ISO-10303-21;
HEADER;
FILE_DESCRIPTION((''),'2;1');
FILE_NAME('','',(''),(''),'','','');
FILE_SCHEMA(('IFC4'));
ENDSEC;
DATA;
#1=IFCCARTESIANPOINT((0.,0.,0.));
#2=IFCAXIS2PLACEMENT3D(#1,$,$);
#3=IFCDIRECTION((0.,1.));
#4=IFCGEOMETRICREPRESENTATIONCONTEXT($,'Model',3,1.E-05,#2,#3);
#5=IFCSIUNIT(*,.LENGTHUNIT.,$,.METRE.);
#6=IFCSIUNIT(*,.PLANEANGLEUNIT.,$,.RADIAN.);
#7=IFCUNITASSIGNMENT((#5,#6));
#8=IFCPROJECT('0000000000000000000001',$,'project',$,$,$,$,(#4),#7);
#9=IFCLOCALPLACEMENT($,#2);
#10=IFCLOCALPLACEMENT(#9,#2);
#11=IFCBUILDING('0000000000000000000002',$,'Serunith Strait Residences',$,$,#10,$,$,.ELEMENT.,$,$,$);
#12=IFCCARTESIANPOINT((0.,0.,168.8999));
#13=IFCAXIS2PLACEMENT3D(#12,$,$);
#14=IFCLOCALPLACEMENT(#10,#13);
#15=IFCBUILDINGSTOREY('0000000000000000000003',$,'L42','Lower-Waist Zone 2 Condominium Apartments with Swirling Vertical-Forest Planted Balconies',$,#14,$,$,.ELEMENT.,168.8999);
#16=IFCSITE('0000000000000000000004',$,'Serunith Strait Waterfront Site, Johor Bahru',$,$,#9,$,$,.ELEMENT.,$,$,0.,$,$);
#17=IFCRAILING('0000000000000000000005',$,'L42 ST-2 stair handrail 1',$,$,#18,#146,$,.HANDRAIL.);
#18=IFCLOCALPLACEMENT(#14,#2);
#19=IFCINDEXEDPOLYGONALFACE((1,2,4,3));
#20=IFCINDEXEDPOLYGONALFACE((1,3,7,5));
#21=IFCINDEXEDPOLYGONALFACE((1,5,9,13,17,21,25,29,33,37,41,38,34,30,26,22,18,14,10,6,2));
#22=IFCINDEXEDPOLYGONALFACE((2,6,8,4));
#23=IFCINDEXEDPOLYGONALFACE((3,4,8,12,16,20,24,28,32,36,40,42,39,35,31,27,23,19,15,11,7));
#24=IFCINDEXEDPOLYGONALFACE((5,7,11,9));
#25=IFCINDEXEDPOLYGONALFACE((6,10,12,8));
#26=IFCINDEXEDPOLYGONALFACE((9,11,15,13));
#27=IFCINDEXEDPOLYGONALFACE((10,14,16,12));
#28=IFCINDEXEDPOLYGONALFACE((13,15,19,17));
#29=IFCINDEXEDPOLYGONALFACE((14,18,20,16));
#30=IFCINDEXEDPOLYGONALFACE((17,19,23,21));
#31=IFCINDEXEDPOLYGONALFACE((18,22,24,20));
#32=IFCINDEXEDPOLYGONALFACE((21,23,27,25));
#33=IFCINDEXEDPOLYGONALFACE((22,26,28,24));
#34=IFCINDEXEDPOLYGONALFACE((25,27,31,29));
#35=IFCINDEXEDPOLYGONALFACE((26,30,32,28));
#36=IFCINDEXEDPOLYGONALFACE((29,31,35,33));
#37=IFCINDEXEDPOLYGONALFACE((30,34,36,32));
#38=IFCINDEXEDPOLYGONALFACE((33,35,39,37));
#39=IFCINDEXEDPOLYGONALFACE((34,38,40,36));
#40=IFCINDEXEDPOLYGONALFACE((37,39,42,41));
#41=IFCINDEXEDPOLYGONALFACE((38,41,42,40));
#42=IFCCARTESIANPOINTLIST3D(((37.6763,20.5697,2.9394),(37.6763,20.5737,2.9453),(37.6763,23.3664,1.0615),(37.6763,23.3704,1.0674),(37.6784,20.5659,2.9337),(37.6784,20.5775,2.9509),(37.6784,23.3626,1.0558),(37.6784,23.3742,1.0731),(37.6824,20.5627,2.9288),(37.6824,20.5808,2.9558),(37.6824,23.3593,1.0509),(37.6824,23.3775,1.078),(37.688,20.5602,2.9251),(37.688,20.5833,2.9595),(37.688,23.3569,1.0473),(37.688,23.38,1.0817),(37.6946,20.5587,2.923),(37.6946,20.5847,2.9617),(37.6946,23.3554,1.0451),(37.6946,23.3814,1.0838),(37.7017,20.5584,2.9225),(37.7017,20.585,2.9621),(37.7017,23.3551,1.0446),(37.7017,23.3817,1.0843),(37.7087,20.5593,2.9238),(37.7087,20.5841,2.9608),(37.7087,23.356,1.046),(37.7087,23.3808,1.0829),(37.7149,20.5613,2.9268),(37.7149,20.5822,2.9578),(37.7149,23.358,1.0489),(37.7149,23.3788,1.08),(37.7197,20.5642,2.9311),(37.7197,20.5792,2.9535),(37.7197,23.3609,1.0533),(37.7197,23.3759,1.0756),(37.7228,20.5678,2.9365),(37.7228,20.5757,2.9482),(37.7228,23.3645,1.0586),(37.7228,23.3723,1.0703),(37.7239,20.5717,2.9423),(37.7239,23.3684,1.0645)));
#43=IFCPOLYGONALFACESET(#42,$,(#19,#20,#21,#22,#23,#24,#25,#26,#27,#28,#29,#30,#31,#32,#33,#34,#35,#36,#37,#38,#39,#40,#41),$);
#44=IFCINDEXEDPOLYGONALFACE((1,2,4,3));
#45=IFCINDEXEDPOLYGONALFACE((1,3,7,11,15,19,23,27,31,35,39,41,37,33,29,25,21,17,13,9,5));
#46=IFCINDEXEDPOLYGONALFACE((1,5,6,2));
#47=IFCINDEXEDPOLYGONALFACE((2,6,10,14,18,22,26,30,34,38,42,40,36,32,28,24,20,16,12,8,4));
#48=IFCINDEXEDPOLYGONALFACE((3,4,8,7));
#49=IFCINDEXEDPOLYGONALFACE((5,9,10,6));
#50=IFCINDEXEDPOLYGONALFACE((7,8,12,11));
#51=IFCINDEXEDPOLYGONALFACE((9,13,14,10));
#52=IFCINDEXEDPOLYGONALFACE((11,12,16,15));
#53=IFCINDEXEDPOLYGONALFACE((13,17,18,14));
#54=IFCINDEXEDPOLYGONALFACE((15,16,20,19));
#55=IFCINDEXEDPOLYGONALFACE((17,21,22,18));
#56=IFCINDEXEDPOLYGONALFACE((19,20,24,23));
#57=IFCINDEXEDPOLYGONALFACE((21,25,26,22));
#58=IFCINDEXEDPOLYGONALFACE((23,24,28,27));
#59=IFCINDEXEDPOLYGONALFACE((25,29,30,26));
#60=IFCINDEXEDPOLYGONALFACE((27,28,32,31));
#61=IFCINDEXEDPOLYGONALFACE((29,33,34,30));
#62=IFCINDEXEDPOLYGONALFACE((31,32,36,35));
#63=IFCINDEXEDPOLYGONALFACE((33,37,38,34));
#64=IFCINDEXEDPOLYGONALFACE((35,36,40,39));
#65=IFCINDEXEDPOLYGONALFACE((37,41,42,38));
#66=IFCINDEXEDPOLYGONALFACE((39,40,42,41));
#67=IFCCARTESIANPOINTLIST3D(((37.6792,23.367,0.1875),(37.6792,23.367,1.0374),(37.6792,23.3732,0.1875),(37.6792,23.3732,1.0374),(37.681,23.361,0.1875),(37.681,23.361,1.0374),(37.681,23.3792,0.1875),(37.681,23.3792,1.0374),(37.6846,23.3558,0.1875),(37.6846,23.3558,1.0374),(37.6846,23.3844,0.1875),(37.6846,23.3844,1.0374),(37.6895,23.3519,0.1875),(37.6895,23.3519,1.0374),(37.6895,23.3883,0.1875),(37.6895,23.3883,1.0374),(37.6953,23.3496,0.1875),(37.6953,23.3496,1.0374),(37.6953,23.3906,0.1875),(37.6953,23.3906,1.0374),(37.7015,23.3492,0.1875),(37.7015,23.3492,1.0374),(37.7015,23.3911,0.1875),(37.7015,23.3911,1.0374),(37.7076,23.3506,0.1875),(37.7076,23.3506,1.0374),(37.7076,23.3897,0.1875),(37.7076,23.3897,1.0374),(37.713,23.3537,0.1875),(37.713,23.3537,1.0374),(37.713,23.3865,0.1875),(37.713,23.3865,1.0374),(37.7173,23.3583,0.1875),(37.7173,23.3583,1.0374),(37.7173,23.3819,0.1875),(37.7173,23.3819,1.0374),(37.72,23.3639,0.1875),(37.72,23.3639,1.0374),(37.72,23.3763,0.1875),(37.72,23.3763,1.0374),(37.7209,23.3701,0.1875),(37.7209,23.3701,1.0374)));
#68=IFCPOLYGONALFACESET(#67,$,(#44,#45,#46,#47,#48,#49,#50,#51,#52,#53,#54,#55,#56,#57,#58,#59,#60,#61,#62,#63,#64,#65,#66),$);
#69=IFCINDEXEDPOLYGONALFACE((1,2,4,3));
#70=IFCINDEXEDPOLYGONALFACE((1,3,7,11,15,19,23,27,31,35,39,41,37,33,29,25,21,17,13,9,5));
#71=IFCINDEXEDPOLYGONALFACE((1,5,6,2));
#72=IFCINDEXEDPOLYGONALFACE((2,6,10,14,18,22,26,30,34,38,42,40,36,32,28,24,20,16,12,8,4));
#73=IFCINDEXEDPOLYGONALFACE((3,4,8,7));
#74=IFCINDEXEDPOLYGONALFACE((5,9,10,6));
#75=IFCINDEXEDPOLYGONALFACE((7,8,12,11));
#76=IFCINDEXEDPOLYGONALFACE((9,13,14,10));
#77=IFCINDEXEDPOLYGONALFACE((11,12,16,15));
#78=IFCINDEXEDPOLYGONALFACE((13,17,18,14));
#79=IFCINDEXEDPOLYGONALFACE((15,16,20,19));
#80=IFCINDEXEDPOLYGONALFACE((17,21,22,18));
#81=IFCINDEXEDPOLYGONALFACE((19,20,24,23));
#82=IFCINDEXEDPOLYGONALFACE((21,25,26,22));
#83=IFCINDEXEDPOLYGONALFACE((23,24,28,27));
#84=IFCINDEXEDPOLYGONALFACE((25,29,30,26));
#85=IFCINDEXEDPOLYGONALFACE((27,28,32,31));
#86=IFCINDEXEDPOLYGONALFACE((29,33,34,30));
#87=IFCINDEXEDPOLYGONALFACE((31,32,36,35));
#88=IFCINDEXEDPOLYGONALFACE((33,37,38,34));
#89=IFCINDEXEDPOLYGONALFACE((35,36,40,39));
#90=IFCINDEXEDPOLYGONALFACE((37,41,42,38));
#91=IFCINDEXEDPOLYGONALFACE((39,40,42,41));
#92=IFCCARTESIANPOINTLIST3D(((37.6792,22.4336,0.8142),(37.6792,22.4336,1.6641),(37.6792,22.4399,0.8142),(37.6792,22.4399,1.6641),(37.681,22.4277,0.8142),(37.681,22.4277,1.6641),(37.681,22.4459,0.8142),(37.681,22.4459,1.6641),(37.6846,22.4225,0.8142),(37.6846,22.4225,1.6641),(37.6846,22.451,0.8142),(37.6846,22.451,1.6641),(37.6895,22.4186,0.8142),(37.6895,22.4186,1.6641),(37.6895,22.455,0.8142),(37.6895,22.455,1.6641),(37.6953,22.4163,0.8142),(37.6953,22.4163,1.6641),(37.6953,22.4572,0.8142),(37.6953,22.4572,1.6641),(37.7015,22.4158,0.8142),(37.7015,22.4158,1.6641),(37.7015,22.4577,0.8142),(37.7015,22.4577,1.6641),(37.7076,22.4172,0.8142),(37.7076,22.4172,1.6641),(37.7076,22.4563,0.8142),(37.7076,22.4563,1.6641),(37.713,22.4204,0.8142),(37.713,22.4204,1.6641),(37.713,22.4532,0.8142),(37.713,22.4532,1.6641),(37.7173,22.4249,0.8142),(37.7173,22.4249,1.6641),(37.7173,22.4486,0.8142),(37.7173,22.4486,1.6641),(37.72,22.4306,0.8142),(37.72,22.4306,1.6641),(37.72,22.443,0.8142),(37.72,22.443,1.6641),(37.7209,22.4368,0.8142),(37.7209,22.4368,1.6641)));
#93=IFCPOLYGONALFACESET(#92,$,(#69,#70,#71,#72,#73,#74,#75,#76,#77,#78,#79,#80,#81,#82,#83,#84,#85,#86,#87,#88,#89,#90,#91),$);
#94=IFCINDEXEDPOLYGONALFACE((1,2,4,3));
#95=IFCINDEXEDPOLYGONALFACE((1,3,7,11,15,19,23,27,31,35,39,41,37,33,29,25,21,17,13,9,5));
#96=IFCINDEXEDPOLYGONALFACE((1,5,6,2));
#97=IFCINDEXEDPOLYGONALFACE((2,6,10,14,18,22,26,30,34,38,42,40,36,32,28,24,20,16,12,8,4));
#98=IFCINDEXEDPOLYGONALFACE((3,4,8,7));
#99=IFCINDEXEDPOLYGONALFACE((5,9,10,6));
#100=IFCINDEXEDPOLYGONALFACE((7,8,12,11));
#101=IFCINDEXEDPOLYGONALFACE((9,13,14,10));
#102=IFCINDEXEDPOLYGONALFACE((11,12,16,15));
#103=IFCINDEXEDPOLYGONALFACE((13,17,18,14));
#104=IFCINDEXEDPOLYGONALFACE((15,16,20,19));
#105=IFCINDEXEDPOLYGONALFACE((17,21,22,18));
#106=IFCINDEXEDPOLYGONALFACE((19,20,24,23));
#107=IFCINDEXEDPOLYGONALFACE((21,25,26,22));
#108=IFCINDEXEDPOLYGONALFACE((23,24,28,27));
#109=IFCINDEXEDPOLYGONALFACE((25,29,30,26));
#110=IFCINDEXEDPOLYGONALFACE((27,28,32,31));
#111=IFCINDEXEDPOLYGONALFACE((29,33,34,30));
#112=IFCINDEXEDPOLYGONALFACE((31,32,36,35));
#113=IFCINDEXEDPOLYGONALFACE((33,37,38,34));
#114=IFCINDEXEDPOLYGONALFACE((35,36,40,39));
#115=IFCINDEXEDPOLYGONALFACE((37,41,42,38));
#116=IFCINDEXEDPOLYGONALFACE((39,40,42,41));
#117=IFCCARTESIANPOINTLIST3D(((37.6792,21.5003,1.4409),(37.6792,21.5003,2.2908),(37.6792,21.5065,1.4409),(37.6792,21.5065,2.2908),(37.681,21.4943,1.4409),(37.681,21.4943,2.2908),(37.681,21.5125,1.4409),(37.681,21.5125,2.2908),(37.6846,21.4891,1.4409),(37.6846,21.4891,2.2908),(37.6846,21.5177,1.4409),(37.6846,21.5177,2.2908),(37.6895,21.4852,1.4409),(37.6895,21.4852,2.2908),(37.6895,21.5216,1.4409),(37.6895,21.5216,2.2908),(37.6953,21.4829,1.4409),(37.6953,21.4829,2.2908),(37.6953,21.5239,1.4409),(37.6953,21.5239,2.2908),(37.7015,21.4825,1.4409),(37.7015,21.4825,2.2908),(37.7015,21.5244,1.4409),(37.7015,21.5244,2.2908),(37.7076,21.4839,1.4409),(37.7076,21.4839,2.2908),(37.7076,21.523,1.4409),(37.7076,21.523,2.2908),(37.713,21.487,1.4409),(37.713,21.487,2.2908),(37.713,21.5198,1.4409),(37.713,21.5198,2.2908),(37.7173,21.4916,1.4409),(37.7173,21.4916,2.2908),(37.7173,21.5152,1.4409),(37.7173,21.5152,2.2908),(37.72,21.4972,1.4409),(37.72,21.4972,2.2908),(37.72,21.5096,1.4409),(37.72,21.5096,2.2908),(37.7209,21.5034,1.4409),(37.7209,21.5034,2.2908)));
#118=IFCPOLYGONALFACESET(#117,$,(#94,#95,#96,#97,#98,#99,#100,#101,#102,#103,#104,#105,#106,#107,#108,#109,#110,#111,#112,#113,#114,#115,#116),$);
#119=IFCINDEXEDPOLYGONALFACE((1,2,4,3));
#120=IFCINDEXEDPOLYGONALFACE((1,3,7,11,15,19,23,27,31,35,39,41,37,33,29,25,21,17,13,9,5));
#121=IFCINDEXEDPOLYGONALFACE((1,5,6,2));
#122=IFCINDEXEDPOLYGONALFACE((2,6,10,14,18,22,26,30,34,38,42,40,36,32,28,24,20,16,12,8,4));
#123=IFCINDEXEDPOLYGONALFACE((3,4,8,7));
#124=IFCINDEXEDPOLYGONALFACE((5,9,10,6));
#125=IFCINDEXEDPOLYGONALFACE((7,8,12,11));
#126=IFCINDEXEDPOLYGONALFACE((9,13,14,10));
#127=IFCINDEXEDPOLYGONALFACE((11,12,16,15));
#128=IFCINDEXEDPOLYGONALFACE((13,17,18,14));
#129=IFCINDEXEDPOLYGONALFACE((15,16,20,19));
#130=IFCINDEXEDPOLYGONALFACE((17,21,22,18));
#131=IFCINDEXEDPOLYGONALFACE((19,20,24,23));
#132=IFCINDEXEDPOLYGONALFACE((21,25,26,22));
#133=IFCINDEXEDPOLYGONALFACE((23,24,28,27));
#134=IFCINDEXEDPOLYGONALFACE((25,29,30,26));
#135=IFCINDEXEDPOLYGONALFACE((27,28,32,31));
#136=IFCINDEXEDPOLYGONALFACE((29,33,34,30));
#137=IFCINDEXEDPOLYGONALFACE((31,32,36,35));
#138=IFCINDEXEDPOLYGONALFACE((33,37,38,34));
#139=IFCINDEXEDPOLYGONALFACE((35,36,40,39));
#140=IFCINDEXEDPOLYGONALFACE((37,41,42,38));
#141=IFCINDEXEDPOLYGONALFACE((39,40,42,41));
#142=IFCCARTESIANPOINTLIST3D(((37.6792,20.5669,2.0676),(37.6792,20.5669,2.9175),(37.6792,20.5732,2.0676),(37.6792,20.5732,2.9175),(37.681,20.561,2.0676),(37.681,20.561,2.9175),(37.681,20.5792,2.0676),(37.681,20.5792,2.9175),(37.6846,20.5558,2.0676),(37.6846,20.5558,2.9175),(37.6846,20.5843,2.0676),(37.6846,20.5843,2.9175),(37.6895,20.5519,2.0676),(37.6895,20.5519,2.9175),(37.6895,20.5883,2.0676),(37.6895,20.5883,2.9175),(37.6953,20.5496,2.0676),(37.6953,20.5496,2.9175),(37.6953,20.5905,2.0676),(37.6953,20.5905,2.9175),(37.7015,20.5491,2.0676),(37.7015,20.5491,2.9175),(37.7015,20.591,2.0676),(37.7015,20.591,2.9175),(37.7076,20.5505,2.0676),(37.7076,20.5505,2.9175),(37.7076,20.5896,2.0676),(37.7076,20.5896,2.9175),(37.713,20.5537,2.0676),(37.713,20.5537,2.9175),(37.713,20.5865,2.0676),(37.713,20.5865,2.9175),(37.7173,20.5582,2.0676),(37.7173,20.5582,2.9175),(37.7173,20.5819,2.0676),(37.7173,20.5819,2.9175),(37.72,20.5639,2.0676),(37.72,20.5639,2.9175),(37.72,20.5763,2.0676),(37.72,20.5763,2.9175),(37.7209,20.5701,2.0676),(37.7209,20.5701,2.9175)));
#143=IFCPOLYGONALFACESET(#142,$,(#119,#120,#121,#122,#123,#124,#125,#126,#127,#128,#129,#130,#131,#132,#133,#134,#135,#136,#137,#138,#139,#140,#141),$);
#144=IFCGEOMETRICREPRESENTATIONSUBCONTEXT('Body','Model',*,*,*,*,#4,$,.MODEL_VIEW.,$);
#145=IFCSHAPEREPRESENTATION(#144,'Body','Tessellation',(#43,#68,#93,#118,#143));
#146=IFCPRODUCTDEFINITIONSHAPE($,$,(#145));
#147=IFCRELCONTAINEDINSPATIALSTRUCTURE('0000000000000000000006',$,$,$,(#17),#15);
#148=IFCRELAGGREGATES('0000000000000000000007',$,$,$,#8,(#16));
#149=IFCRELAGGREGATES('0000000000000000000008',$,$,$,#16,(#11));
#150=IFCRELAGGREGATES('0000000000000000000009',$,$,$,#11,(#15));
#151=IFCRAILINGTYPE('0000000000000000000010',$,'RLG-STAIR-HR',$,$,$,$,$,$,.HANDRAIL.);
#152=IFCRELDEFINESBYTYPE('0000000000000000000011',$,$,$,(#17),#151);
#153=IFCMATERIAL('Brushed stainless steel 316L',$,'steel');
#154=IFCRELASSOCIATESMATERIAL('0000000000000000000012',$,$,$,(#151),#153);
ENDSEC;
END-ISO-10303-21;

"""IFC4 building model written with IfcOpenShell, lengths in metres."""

from ifc_helpers import new_model, si_unit, direction, frame, origin, origin_2d, place, context, subcontext, project, spatial, circle, extrude, material, type_object, element, save


model = new_model("IFC4")

# Units and contexts
model_context = context("Model", 3, precision=1e-05, world=origin(), true_north=direction((0.0, 1.0)))
body_context = subcontext(model_context, "Body", "Model", "MODEL_VIEW")
ifc_project = project(units=[si_unit("LENGTHUNIT", "METRE"), si_unit("PLANEANGLEUNIT", "RADIAN")], contexts=[model_context])

# Site, building, storey
site_placement = place(None, origin())
site = spatial("IfcSite", under=ifc_project, at=site_placement, Name="Serunith Strait Waterfront Site, Johor Bahru", CompositionType="ELEMENT", RefElevation=0.0)
building_placement = place(site_placement, origin())
building = spatial("IfcBuilding", under=site, at=building_placement, Name="Serunith Strait Residences", CompositionType="ELEMENT")
storey_placement = place(building_placement, frame((0.0, 0.0, 168.8999)))
storey = spatial("IfcBuildingStorey", under=building, at=storey_placement, Name="L42", Description="Lower-Waist Zone 2 Condominium Apartments with Swirling Vertical-Forest Planted Balconies", CompositionType="ELEMENT", Elevation=168.8999)

# Railing
ifc_material_1 = material(Name="Brushed stainless steel 316L", Category="steel")
railing_type_1 = type_object("IfcRailingType", Name="RLG-STAIR-HR", PredefinedType="HANDRAIL", material=ifc_material_1)
railing_1_placement = place(storey_placement, frame((37.7, 23.3701, 0.1875)))
element("IfcRailing", 1, at=railing_1_placement, inside=storey, type_object=railing_type_1, Name="L42 ST-2 stair handrail 1", PredefinedType="HANDRAIL", context=body_context, shape_type="SweptSolid", body=[
    extrude(circle(Radius=0.0239, at=origin_2d()), frame((0.0, -0.0017, 0.877), z_axis=(0.0, -0.830208, 0.557453), x_axis=(1.0, 0.0, 0.0)), (0.0, 0.0, 1.0), 3.3687),
    extrude(circle(Radius=0.021, at=origin_2d()), origin(), (0.0, 0.0, 1.0), 0.8499),
    extrude(circle(Radius=0.021, at=origin_2d()), frame((0.0, -0.9333, 0.6267)), (0.0, 0.0, 1.0), 0.8499),
    extrude(circle(Radius=0.021, at=origin_2d()), frame((0.0, -1.8667, 1.2534)), (0.0, 0.0, 1.0), 0.8499),
    extrude(circle(Radius=0.021, at=origin_2d()), frame((0.0, -2.8, 1.8801)), (0.0, 0.0, 1.0), 0.8499),
])

save(model, "model.ifc")
